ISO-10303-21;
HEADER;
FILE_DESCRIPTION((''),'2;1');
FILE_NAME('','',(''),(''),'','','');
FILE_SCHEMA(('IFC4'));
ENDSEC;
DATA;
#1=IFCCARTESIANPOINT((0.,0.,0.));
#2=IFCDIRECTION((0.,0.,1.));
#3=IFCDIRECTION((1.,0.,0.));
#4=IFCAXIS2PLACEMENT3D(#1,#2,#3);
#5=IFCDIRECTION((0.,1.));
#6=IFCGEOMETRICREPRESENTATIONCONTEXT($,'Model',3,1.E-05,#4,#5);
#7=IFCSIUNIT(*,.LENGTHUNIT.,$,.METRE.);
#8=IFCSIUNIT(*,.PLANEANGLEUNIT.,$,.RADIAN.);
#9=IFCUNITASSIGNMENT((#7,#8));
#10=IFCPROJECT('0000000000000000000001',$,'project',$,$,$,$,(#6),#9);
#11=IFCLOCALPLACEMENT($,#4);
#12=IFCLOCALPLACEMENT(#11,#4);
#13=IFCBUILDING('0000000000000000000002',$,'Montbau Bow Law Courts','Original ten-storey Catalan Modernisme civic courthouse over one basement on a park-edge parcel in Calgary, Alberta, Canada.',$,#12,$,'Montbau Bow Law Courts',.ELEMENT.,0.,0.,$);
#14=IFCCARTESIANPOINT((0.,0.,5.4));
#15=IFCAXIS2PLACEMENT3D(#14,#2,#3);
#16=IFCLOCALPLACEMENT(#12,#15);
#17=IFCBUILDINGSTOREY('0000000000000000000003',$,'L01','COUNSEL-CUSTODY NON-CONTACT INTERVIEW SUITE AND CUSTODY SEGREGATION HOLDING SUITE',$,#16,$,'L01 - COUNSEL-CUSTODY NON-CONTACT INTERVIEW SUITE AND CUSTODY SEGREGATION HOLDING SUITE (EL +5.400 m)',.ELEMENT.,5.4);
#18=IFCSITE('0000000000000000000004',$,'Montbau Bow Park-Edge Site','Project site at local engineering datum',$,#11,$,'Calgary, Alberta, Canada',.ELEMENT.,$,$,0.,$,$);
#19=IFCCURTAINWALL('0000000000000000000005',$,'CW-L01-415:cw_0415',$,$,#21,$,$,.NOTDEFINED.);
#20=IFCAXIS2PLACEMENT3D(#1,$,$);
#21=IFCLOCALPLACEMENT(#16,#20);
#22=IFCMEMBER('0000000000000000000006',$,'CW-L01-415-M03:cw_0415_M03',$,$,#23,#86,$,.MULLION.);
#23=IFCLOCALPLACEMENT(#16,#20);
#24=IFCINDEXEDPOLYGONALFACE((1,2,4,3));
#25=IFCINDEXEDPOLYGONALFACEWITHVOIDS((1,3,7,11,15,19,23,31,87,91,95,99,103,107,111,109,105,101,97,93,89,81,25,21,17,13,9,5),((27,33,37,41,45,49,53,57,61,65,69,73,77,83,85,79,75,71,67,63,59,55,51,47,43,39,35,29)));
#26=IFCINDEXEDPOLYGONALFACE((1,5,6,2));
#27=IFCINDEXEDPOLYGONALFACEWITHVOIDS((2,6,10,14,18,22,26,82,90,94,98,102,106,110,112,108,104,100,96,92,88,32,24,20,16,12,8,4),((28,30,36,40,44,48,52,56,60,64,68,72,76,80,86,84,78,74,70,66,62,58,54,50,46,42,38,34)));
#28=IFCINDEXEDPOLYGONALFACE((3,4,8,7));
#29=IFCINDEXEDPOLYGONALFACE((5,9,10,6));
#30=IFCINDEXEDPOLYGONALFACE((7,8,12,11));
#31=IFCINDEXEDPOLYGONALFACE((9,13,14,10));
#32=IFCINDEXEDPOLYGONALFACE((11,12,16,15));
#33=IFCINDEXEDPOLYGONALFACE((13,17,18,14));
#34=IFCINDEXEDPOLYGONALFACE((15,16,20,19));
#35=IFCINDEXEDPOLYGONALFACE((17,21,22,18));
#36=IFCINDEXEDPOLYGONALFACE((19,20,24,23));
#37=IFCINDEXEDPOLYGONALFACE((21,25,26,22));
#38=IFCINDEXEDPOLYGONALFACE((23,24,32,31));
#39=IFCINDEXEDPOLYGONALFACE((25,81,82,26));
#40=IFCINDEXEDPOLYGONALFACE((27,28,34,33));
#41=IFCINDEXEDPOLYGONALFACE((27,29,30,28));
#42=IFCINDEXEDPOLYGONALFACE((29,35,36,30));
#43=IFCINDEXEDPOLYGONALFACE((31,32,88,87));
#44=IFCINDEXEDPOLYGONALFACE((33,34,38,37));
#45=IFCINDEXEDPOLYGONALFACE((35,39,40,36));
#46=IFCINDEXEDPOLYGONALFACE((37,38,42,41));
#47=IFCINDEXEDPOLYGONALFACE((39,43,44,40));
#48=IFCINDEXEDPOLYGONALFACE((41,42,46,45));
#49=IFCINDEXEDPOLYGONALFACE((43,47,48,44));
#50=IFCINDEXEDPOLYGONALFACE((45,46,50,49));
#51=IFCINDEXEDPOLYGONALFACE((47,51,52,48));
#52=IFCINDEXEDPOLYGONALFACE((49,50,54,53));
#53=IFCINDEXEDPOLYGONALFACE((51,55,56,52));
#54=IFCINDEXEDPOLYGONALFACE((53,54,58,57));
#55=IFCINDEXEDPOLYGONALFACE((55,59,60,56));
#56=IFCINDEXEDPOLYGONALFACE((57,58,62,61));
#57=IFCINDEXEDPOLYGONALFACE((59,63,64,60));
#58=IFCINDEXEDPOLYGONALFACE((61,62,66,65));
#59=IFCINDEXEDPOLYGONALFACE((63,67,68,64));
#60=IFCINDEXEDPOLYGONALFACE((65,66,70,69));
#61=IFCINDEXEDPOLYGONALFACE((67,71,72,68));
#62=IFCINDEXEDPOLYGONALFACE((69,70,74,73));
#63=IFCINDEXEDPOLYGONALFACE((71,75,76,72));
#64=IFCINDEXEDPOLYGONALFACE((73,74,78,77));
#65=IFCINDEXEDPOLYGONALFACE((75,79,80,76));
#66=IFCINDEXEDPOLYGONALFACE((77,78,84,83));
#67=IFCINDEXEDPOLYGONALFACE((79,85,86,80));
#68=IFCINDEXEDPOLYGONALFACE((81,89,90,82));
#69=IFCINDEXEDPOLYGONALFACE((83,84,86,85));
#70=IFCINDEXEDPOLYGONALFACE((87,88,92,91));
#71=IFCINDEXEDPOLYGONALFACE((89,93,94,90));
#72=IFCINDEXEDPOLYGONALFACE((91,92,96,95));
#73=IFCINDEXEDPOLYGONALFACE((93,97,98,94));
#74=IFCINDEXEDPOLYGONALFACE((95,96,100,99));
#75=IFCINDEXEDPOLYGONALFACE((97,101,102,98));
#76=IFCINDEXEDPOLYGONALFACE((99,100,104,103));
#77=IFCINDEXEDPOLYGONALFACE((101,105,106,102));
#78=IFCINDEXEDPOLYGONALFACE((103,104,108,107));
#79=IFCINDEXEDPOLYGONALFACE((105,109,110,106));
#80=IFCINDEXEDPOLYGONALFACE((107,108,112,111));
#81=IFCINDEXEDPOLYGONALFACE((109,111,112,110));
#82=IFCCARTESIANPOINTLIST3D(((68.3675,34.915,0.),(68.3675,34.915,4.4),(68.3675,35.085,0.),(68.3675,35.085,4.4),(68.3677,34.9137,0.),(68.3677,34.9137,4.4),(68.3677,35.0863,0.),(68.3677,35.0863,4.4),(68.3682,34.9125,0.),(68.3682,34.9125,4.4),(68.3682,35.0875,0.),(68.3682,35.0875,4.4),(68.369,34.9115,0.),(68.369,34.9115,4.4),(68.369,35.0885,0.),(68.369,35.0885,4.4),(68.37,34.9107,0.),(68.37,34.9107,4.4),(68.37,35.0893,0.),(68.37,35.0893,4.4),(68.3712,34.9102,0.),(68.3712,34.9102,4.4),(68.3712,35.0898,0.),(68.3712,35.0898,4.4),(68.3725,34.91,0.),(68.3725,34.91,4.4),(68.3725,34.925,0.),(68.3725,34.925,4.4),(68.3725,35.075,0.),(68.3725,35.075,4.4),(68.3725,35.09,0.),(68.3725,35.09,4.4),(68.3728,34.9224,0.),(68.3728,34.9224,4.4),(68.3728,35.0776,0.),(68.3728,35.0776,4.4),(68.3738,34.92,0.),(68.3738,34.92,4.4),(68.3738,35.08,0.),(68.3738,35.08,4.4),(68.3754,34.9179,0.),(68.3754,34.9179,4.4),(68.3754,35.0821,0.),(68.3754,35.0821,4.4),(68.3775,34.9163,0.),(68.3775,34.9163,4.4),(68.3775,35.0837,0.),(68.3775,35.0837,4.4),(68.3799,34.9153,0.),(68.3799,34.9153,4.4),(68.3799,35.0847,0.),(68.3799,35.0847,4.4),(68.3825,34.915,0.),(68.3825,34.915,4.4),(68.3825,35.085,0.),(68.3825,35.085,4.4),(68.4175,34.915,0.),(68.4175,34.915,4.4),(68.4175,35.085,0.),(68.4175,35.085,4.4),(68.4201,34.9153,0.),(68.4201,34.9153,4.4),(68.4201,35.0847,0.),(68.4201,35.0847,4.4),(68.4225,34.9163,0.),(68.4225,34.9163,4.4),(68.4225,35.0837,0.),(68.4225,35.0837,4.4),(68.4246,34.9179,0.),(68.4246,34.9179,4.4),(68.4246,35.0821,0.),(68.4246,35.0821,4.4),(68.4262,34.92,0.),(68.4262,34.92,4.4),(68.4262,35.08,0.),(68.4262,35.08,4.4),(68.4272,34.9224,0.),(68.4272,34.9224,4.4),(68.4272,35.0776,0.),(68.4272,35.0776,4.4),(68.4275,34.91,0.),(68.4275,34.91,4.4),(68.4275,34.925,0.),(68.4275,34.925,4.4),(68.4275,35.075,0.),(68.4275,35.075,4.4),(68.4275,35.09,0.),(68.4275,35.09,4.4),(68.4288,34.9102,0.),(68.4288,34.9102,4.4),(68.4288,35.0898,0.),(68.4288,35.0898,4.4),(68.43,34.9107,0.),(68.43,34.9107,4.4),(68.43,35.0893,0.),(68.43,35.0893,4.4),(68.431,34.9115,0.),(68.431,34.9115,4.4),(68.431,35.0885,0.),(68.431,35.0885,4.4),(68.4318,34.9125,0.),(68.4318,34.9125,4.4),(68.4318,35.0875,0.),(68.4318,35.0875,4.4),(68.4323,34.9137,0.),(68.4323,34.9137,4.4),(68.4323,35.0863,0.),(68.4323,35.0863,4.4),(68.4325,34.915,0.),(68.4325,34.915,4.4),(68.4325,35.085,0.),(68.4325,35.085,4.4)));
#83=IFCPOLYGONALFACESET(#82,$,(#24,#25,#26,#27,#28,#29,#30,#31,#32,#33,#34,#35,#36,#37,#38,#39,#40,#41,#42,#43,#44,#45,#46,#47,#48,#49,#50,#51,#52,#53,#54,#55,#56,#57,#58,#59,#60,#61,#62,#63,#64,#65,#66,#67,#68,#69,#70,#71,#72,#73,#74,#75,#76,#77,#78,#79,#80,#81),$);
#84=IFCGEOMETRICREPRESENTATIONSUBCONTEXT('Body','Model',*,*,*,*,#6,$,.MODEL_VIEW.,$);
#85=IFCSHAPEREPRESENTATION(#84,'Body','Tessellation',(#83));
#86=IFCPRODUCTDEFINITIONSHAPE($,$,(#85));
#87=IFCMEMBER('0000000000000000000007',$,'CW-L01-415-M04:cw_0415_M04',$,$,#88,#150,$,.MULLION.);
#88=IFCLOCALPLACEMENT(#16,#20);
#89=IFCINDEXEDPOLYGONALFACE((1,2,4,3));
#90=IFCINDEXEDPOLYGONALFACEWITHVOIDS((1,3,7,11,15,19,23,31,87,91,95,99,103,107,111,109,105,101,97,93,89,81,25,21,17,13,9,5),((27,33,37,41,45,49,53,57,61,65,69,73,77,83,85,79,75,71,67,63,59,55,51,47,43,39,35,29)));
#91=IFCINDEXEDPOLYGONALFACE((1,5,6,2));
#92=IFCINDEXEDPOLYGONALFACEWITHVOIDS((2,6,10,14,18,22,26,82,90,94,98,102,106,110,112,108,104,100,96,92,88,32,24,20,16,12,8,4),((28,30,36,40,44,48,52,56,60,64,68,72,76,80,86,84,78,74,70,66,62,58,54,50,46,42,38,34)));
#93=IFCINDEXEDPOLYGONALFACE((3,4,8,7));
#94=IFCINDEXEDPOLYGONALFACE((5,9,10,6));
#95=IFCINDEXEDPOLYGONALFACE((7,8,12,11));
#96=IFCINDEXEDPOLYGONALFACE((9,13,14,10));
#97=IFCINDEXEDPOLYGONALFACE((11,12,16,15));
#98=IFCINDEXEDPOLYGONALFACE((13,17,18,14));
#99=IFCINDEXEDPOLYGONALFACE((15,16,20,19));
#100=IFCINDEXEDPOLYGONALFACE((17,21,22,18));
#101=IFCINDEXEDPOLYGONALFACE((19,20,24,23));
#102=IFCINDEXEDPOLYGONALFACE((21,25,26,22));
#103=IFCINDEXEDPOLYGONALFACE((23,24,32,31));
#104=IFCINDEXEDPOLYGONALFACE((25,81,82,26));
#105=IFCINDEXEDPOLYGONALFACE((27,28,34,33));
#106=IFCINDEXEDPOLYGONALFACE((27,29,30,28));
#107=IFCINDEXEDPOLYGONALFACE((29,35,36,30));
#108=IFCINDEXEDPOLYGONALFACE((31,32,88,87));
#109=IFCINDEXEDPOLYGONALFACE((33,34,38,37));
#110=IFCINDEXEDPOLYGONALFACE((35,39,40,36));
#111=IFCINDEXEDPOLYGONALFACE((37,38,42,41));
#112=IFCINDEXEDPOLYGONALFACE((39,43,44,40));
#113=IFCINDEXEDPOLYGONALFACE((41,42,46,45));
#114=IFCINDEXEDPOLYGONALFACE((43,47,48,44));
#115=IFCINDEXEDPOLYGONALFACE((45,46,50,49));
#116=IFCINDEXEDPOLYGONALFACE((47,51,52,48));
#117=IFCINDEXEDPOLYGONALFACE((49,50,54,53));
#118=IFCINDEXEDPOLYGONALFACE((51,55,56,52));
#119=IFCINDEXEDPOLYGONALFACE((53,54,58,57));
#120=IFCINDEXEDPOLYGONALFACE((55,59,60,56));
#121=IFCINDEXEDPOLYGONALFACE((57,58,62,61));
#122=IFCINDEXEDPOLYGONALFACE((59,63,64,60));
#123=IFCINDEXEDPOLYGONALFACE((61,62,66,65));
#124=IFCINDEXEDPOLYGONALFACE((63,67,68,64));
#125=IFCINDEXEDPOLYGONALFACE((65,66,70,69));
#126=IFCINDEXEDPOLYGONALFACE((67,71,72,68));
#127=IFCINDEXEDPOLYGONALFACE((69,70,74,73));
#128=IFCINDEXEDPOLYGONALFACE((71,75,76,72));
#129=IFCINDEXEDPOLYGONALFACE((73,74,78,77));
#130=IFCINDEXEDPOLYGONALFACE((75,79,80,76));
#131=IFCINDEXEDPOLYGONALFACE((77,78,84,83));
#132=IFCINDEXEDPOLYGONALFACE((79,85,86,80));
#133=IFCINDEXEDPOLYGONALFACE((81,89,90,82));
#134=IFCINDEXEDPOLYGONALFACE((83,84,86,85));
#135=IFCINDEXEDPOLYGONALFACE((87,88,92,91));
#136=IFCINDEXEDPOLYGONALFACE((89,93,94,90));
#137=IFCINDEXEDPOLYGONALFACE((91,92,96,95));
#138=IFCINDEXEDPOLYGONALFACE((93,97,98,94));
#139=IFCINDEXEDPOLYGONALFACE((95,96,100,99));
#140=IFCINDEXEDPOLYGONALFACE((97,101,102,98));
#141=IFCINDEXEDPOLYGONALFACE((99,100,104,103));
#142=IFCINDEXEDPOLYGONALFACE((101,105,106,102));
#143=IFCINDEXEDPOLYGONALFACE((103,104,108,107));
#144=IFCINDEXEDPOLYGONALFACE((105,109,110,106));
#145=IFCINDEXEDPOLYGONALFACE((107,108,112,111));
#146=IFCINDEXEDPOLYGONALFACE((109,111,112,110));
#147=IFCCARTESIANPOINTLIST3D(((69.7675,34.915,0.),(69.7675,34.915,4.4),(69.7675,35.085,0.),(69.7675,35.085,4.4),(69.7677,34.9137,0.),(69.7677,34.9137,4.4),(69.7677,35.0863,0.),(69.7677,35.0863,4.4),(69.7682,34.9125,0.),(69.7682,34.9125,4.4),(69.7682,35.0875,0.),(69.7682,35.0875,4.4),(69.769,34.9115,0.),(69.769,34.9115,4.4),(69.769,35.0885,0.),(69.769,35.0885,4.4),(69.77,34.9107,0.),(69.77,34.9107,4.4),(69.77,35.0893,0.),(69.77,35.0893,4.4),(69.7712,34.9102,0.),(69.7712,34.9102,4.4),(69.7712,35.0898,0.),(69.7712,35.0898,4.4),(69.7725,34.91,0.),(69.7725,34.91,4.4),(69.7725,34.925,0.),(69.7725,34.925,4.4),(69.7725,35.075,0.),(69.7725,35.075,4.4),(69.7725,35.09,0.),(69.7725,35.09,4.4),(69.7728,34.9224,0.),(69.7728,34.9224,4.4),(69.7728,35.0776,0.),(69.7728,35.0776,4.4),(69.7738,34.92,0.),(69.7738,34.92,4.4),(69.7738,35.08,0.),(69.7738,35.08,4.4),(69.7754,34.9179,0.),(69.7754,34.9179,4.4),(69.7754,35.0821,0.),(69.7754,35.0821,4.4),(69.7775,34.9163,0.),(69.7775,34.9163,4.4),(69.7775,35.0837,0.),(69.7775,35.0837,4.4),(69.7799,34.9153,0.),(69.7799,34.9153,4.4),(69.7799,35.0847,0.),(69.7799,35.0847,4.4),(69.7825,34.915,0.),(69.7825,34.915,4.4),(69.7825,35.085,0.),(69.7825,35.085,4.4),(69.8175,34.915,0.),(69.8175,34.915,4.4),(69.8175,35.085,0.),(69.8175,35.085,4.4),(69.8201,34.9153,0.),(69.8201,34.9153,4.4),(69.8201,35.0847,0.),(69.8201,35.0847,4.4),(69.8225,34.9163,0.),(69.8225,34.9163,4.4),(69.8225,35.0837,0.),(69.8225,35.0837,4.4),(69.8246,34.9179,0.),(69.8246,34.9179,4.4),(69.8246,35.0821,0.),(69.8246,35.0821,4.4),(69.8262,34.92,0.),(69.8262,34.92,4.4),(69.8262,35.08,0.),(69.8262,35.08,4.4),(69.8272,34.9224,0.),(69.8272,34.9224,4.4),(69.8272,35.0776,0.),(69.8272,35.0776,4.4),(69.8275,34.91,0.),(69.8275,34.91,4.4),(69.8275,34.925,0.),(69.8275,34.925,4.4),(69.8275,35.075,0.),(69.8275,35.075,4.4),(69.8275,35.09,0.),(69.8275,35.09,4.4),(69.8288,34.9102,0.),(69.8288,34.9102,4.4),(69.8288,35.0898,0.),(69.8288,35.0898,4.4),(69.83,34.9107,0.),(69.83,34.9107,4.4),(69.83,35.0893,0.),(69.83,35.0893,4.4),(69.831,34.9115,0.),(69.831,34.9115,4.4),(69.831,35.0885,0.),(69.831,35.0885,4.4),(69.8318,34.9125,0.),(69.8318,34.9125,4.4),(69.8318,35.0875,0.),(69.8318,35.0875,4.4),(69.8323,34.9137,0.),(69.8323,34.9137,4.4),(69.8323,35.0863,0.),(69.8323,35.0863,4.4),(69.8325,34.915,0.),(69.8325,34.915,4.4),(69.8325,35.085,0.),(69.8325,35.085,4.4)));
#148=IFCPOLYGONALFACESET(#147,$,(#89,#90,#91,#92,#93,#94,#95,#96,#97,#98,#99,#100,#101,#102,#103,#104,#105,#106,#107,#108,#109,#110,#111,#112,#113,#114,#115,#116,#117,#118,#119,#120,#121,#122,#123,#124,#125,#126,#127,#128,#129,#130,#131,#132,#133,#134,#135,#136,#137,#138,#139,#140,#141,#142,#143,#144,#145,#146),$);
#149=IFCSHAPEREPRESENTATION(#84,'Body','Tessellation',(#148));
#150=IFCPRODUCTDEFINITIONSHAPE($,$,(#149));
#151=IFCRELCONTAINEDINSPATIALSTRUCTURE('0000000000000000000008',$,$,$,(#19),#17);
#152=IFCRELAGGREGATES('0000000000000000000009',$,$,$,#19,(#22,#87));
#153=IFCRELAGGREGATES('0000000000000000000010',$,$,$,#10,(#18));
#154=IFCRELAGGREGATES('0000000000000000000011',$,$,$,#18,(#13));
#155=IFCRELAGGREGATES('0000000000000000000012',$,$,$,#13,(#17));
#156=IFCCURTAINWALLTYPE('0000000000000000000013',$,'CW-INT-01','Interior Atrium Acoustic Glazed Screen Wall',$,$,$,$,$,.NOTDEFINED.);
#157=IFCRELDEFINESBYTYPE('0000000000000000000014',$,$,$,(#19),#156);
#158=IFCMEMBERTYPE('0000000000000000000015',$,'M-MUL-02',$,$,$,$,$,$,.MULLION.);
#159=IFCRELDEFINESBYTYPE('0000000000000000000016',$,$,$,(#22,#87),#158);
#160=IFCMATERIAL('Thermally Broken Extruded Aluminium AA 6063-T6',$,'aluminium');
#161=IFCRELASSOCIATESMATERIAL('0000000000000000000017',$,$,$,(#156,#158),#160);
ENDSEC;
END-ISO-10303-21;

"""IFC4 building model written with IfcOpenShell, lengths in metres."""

from ifc_helpers import new_model, si_unit, direction, frame, origin_with_axes, origin_2d_with_axis, place, context, subcontext, project, spatial, hollow_rectangle, extrude, material, material_profile, profile_set, type_object, element, aggregate, save


model = new_model("IFC4")

# Units and contexts
model_context = context("Model", 3, precision=1e-05, world=origin_with_axes(), true_north=direction((0.0, 1.0)))
body_context = subcontext(model_context, "Body", "Model", "MODEL_VIEW")
ifc_project = project(units=[si_unit("LENGTHUNIT", "METRE"), si_unit("PLANEANGLEUNIT", "RADIAN")], contexts=[model_context])

# Site, building, storey
site_placement = place(None, origin_with_axes())
site = spatial("IfcSite", under=ifc_project, at=site_placement, Name="Montbau Bow Park-Edge Site", Description="Project site at local engineering datum", LongName="Calgary, Alberta, Canada", CompositionType="ELEMENT", RefElevation=0.0)
building_placement = place(site_placement, origin_with_axes())
building = spatial("IfcBuilding", under=site, at=building_placement, Name="Montbau Bow Law Courts", Description="Original ten-storey Catalan Modernisme civic courthouse over one basement on a park-edge parcel in Calgary, Alberta, Canada.", LongName="Montbau Bow Law Courts", CompositionType="ELEMENT", ElevationOfRefHeight=0.0, ElevationOfTerrain=0.0)
storey_placement = place(building_placement, frame((0.0, 0.0, 5.4), z_axis=(0.0, 0.0, 1.0), x_axis=(1.0, 0.0, 0.0)))
storey = spatial("IfcBuildingStorey", under=building, at=storey_placement, Name="L01", Description="COUNSEL-CUSTODY NON-CONTACT INTERVIEW SUITE AND CUSTODY SEGREGATION HOLDING SUITE", LongName="L01 - COUNSEL-CUSTODY NON-CONTACT INTERVIEW SUITE AND CUSTODY SEGREGATION HOLDING SUITE (EL +5.400 m)", CompositionType="ELEMENT", Elevation=5.4)

# Curtain wall, members
ifc_material_1 = material(Name="Thermally Broken Extruded Aluminium AA 6063-T6", Category="aluminium")
curtain_wall_type_1 = type_object("IfcCurtainWallType", Name="CW-INT-01", Description="Interior Atrium Acoustic Glazed Screen Wall", PredefinedType="NOTDEFINED", material=ifc_material_1)
curtain_wall_1_placement = place(None, frame((65.6, 35.0, 5.4), z_axis=(0.0, 0.0, 1.0), x_axis=(1.0, 0.0, 0.0)))
curtain_wall_1 = element("IfcCurtainWall", 1, at=curtain_wall_1_placement, inside=storey, type_object=curtain_wall_type_1, Name="CW-L01-415:cw_0415", PredefinedType="NOTDEFINED")
ifc_material_profile_1 = material_profile(ifc_material_1, hollow_rectangle(XDim=0.065, YDim=0.18, WallThickness=0.005, InnerFilletRadius=0.01, OuterFilletRadius=0.005, at=origin_2d_with_axis()), Name="CWM-180X65", Category="Main", Priority=0)
ifc_profile_set_1 = profile_set([ifc_material_profile_1], Name="Thermally Broken Extruded Aluminium AA 6063-T6")
member_type_1 = type_object("IfcMemberType", Name="M-MUL-02", PredefinedType="MULLION", material=ifc_profile_set_1)
member_1_placement = place(None, frame((68.4, 35.0, 5.4), z_axis=(0.0, 0.0, 1.0), x_axis=(1.0, 0.0, 0.0)))
member_1 = element("IfcMember", 2, at=member_1_placement, type_object=member_type_1, Name="CW-L01-415-M03:cw_0415_M03", PredefinedType="MULLION", context=body_context, shape_type="SweptSolid", body=[
    extrude(hollow_rectangle(XDim=0.065, YDim=0.18, WallThickness=0.005, InnerFilletRadius=0.01, OuterFilletRadius=0.005, at=origin_2d_with_axis()), origin_with_axes(), (0.0, 0.0, 1.0), 4.4),
])
member_2_placement = place(None, frame((69.8, 35.0, 5.4), z_axis=(0.0, 0.0, 1.0), x_axis=(1.0, 0.0, 0.0)))
member_2 = element("IfcMember", 3, at=member_2_placement, type_object=member_type_1, Name="CW-L01-415-M04:cw_0415_M04", PredefinedType="MULLION", context=body_context, shape_type="SweptSolid", body=[
    extrude(hollow_rectangle(XDim=0.065, YDim=0.18, WallThickness=0.005, InnerFilletRadius=0.01, OuterFilletRadius=0.005, at=origin_2d_with_axis()), origin_with_axes(), (0.0, 0.0, 1.0), 4.4),
])

aggregate(curtain_wall_1, [member_1, member_2])

save(model, "model.ifc")
